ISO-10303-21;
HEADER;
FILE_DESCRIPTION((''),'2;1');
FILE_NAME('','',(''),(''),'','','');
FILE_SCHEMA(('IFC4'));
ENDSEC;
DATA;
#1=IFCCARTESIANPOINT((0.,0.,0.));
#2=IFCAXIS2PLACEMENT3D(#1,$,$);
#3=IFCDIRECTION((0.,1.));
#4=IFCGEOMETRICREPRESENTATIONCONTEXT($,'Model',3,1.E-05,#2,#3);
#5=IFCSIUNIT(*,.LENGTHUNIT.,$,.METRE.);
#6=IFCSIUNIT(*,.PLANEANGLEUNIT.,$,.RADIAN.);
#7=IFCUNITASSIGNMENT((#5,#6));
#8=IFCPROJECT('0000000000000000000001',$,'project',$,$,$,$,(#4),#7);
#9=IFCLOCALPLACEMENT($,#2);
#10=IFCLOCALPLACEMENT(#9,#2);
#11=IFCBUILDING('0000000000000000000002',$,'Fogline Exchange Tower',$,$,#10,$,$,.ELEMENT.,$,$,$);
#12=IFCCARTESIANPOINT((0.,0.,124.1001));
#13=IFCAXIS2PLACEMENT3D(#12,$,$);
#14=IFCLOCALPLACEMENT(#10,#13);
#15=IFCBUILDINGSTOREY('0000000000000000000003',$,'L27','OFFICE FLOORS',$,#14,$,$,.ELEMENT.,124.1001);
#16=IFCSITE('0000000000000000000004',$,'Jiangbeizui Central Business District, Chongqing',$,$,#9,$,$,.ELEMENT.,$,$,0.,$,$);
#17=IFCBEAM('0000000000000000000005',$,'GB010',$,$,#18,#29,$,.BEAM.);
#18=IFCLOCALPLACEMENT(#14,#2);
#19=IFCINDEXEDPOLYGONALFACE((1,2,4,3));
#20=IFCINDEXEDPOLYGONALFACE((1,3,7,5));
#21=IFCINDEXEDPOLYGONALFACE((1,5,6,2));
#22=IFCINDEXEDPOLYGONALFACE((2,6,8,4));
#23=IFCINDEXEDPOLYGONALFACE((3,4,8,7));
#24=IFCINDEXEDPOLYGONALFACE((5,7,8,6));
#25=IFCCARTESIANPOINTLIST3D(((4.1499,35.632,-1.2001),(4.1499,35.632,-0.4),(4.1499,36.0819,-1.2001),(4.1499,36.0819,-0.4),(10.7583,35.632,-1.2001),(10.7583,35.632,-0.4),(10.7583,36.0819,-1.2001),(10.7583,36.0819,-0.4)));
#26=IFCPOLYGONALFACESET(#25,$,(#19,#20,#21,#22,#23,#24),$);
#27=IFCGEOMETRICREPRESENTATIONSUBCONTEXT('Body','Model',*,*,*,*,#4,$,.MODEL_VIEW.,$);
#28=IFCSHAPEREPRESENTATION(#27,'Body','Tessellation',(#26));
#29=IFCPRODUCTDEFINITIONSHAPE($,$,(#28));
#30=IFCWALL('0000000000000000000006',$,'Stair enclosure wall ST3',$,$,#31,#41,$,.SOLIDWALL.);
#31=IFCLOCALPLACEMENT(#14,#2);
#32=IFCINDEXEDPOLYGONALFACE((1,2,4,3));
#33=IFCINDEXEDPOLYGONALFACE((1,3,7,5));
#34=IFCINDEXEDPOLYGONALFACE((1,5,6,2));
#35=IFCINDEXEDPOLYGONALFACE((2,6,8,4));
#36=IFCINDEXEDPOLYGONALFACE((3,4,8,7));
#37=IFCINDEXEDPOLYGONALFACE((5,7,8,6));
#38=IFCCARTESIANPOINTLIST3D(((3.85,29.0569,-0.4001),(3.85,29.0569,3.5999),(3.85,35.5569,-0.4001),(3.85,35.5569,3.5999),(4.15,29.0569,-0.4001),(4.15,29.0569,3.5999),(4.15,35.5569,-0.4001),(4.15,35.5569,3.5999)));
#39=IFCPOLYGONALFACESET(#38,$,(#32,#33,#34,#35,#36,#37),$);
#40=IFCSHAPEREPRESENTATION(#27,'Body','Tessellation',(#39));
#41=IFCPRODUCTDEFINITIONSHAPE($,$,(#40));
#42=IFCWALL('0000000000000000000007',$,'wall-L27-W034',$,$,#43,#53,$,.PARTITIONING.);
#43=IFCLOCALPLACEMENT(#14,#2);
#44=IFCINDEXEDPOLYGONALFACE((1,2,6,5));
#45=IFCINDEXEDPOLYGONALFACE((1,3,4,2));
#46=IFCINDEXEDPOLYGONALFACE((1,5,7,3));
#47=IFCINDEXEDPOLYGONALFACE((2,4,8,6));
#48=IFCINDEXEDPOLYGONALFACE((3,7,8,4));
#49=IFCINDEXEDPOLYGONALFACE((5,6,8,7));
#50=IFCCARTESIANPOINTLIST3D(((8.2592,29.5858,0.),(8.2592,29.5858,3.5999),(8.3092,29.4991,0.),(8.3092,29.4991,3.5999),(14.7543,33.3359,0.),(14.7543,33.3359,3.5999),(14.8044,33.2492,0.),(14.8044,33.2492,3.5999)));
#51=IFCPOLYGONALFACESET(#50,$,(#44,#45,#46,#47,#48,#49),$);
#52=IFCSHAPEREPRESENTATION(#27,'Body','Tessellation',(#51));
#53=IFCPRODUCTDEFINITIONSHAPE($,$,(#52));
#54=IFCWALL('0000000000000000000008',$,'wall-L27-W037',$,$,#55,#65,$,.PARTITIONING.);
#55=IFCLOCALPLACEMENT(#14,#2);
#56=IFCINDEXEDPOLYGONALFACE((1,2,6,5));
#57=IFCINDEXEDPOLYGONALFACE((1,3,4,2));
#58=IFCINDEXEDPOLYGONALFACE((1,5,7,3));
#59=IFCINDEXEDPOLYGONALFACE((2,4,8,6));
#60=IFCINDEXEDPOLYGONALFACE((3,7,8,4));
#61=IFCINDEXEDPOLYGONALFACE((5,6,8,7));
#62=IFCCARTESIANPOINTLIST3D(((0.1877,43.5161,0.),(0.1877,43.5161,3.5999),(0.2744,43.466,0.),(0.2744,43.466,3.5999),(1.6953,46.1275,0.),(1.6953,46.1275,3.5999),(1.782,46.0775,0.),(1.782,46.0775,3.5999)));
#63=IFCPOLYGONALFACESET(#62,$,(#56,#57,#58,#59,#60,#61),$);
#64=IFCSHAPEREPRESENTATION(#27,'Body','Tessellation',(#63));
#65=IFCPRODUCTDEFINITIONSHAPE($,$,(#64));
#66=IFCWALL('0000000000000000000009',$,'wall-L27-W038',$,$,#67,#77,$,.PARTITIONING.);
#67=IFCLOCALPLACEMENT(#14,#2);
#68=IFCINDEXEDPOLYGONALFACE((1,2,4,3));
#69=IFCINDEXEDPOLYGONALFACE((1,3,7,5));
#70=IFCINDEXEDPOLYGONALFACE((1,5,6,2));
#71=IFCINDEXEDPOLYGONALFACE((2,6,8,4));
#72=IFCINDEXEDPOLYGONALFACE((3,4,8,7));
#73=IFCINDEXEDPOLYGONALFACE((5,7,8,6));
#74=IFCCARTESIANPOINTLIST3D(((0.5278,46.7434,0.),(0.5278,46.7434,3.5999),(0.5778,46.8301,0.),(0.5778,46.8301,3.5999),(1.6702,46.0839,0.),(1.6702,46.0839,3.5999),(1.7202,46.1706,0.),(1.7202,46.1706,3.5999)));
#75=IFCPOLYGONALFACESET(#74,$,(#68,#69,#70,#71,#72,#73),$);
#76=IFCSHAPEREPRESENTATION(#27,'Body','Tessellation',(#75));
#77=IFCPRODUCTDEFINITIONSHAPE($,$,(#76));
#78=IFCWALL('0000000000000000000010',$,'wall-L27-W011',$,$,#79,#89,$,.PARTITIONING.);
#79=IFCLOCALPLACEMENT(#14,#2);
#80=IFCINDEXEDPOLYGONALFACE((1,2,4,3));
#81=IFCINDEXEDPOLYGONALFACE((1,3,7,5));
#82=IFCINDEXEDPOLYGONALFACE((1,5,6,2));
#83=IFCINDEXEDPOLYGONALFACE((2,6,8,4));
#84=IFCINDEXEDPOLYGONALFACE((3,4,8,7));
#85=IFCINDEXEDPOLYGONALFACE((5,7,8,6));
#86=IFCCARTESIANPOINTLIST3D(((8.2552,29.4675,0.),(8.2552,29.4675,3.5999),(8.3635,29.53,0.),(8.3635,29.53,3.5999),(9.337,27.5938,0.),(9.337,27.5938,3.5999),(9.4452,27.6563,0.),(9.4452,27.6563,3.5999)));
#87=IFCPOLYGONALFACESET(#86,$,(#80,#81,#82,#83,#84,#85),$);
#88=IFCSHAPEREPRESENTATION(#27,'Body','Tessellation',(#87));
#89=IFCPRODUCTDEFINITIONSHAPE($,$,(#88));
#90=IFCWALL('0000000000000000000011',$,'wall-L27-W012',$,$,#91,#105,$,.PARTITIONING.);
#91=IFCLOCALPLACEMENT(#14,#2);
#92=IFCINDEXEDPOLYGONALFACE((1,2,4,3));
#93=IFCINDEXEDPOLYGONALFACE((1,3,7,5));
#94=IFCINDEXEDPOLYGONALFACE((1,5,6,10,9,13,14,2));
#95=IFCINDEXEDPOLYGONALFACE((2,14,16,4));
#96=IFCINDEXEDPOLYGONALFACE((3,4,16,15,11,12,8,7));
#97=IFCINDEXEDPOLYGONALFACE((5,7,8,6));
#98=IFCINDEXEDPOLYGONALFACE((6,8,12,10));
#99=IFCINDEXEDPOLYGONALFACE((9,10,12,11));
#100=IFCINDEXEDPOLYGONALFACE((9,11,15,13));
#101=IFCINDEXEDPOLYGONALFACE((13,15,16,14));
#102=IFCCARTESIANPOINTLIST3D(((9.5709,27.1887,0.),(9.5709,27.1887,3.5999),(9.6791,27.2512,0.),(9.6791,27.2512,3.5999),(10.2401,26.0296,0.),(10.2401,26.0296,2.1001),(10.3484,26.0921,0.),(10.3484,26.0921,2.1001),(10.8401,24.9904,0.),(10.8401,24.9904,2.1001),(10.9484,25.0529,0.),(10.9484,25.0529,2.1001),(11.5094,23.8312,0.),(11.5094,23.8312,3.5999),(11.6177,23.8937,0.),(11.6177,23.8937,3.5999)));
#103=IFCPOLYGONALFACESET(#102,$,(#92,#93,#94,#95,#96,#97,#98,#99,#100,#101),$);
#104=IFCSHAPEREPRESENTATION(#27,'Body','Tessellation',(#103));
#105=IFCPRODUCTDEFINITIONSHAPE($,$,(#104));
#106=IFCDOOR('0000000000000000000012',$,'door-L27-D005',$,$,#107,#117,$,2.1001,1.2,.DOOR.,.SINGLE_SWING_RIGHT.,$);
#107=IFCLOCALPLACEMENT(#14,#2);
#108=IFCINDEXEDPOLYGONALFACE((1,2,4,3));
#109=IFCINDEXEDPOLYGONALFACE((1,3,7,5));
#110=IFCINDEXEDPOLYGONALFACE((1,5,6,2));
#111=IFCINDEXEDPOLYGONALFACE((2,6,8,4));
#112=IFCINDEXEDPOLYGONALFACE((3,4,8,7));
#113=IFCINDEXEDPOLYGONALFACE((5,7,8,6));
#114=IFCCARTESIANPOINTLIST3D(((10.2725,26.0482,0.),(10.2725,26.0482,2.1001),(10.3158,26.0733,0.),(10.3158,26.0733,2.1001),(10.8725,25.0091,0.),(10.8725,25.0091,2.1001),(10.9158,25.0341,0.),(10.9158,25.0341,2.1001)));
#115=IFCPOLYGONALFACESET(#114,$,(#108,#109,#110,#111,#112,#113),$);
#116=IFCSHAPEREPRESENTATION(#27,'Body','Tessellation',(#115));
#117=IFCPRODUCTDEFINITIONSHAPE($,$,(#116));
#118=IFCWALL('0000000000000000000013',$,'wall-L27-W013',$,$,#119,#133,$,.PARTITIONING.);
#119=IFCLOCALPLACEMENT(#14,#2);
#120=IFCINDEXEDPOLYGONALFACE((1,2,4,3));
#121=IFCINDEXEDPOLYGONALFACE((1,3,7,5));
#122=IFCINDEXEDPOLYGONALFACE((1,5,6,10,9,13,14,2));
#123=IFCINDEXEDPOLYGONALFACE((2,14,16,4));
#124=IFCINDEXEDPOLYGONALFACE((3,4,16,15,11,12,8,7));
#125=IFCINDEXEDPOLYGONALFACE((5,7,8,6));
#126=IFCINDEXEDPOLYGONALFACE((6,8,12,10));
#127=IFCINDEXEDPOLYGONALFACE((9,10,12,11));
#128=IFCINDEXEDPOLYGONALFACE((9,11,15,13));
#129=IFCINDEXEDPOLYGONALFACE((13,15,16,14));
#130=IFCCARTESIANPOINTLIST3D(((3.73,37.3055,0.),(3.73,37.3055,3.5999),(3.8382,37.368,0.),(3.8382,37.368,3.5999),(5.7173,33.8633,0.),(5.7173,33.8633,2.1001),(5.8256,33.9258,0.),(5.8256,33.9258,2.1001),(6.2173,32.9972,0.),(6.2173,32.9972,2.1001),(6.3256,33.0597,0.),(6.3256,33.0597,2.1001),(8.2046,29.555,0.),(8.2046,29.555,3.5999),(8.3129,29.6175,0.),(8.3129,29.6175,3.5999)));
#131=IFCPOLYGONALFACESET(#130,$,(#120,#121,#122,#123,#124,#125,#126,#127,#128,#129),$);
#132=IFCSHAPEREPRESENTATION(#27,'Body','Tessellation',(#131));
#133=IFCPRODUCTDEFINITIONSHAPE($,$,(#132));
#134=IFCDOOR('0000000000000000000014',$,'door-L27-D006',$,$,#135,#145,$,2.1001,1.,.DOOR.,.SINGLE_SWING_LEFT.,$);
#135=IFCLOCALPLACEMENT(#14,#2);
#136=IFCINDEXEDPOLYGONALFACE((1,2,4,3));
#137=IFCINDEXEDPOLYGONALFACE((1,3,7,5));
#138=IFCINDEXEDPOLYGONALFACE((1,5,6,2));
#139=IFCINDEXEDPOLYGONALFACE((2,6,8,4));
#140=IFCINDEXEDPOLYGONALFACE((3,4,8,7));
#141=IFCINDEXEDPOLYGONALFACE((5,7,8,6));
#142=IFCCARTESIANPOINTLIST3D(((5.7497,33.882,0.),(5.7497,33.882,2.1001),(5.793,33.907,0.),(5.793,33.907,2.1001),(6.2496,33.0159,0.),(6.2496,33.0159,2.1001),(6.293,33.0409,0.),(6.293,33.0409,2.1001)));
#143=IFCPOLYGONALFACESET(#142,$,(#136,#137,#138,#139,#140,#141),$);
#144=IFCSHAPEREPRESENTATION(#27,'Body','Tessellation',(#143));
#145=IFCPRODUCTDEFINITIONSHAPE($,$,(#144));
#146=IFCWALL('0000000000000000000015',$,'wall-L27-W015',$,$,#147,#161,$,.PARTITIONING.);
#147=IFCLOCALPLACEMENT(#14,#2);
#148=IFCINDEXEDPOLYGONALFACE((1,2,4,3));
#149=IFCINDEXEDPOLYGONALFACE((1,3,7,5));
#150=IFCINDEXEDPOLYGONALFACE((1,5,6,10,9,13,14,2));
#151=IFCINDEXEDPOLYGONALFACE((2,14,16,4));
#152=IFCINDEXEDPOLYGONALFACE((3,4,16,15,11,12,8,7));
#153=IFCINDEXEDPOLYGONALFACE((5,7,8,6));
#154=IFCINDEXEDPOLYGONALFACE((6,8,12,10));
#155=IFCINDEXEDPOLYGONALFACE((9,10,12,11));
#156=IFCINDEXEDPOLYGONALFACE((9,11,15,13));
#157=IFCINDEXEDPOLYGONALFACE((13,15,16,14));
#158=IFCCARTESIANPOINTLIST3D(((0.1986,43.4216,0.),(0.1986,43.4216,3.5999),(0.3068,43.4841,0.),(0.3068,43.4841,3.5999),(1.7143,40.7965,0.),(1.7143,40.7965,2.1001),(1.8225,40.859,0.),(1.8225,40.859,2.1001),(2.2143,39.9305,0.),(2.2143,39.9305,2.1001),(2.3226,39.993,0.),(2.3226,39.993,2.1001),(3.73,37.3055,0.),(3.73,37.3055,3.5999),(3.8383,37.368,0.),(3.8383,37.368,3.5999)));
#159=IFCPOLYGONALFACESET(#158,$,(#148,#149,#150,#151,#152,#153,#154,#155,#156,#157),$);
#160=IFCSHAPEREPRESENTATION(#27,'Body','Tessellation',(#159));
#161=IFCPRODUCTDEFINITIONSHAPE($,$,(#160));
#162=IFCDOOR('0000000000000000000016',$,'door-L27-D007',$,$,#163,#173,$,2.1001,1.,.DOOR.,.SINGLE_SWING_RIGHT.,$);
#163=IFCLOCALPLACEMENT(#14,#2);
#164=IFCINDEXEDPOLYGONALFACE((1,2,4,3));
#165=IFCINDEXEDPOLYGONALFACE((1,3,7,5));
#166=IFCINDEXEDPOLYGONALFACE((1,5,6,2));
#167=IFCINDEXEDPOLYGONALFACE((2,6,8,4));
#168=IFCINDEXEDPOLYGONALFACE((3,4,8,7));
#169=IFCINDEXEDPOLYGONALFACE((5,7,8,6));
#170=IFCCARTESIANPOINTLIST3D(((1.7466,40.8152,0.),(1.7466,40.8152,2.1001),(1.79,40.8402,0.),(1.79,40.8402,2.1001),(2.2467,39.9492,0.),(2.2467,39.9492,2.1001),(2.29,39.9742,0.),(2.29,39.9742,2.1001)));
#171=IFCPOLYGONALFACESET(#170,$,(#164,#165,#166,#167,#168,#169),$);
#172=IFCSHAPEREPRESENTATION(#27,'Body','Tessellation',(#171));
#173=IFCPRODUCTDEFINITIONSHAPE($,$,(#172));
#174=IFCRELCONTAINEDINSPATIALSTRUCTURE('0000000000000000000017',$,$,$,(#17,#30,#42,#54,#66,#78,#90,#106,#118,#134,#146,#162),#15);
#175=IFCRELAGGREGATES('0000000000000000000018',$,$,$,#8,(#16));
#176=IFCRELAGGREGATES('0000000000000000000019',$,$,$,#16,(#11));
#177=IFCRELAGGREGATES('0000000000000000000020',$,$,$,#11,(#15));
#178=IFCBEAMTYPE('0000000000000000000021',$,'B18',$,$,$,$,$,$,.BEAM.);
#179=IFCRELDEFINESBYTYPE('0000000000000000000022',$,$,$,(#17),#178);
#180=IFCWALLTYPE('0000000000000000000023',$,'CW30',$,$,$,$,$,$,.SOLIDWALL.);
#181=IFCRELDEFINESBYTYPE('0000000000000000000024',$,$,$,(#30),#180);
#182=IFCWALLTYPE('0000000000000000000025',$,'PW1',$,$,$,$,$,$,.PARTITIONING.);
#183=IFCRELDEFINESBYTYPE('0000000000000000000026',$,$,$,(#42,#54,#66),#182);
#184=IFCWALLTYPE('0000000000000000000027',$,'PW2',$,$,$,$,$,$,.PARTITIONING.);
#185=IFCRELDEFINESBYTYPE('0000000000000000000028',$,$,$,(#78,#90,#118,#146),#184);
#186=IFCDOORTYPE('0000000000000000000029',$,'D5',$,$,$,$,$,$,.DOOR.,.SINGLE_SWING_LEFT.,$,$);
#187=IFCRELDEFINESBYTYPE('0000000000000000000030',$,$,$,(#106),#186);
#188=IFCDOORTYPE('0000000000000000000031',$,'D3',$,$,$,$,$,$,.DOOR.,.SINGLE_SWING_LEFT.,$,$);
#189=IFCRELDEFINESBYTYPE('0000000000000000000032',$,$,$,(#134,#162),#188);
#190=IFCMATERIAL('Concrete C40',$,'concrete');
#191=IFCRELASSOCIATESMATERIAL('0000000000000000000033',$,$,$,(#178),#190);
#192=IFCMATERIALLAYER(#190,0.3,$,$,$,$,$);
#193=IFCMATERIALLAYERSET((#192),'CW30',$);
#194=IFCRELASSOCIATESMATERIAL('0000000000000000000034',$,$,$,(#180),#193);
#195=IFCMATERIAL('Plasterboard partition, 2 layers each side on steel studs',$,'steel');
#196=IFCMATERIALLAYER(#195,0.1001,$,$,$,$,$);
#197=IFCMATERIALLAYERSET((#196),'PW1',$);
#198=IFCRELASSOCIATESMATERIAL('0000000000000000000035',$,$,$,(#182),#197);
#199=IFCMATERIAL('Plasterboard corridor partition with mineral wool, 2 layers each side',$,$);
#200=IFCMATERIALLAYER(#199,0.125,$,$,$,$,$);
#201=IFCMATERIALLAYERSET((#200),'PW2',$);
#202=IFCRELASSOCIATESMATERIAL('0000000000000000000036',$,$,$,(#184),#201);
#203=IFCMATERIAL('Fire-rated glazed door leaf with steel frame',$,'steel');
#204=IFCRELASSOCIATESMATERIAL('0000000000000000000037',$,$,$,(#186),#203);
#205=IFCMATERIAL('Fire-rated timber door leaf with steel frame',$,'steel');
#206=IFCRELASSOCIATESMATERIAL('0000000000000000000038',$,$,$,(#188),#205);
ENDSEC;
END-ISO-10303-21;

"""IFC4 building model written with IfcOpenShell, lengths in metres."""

from ifc_helpers import new_model, si_unit, direction, frame, frame_2d, origin, origin_2d, place, context, subcontext, project, spatial, rectangle, extrude, material, layer, layer_set, material_profile, profile_set, type_object, element, fill, save


model = new_model("IFC4")

# Units and contexts
model_context = context("Model", 3, precision=1e-05, world=origin(), true_north=direction((0.0, 1.0)))
body_context = subcontext(model_context, "Body", "Model", "MODEL_VIEW")
ifc_project = project(units=[si_unit("LENGTHUNIT", "METRE"), si_unit("PLANEANGLEUNIT", "RADIAN")], contexts=[model_context])

# Site, building, storey
site_placement = place(None, origin())
site = spatial("IfcSite", under=ifc_project, at=site_placement, Name="Jiangbeizui Central Business District, Chongqing", CompositionType="ELEMENT", RefElevation=0.0)
building_placement = place(site_placement, origin())
building = spatial("IfcBuilding", under=site, at=building_placement, Name="Fogline Exchange Tower", CompositionType="ELEMENT")
storey_placement = place(building_placement, frame((0.0, 0.0, 124.1001)))
storey = spatial("IfcBuildingStorey", under=building, at=storey_placement, Name="L27", Description="OFFICE FLOORS", CompositionType="ELEMENT", Elevation=124.1001)

# Beam
ifc_material_1 = material(Name="Concrete C40", Category="concrete")
ifc_material_profile_1 = material_profile(ifc_material_1, rectangle(XDim=0.45, YDim=0.8, at=origin_2d()), Name="RC 450x800")
ifc_profile_set_1 = profile_set([ifc_material_profile_1], Name="Concrete C40")
beam_type_1 = type_object("IfcBeamType", Name="B18", PredefinedType="BEAM", material=ifc_profile_set_1)
beam_1_placement = place(storey_placement, frame((4.1499, 35.8569, -0.8), z_axis=(1.0, 0.0, 0.0), x_axis=(0.0, 1.0, 0.0)))
element("IfcBeam", 1, at=beam_1_placement, inside=storey, type_object=beam_type_1, Name="GB010", PredefinedType="BEAM", context=body_context, shape_type="SweptSolid", body=[
    extrude(rectangle(XDim=0.45, YDim=0.8, at=origin_2d()), origin(), (0.0, 0.0, 1.0), 6.6084),
])

# Wall
ifc_layer_1 = layer(ifc_material_1, 0.3)
ifc_layer_set_1 = layer_set([ifc_layer_1], Name="CW30")
wall_type_1 = type_object("IfcWallType", Name="CW30", PredefinedType="SOLIDWALL", material=ifc_layer_set_1)
wall_1_placement = place(storey_placement, frame((4.0, 29.0569, -0.4001), z_axis=(0.0, 0.0, 1.0), x_axis=(0.0, 1.0, 0.0)))
element("IfcWall", 2, at=wall_1_placement, inside=storey, type_object=wall_type_1, Name="Stair enclosure wall ST3", PredefinedType="SOLIDWALL", context=body_context, shape_type="SweptSolid", body=[
    extrude(rectangle(XDim=6.5, YDim=0.3, at=frame_2d((3.25, 0.0))), origin(), (0.0, 0.0, 1.0), 4.0),
])

# Walls
ifc_material_2 = material(Name="Plasterboard partition, 2 layers each side on steel studs", Category="steel")
ifc_layer_2 = layer(ifc_material_2, 0.1001)
ifc_layer_set_2 = layer_set([ifc_layer_2], Name="PW1")
wall_type_2 = type_object("IfcWallType", Name="PW1", PredefinedType="PARTITIONING", material=ifc_layer_set_2)
wall_2_placement = place(storey_placement, frame((8.2842, 29.5425, 0.0), z_axis=(0.0, 0.0, 1.0), x_axis=(0.866023, 0.500004, 0.0)))
element("IfcWall", 3, at=wall_2_placement, inside=storey, type_object=wall_type_2, Name="wall-L27-W034", PredefinedType="PARTITIONING", context=body_context, shape_type="SweptSolid", body=[
    extrude(rectangle(XDim=7.5, YDim=0.1001, at=frame_2d((3.75, 0.0))), origin(), (0.0, 0.0, 1.0), 3.5999),
])
wall_3_placement = place(storey_placement, frame((0.231, 43.491, 0.0), z_axis=(0.0, 0.0, 1.0), x_axis=(0.499979, 0.866037, 0.0)))
element("IfcWall", 4, at=wall_3_placement, inside=storey, type_object=wall_type_2, Name="wall-L27-W037", PredefinedType="PARTITIONING", context=body_context, shape_type="SweptSolid", body=[
    extrude(rectangle(XDim=3.0154, YDim=0.1001, at=frame_2d((1.5078, 0.0))), origin(), (0.0, 0.0, 1.0), 3.5999),
])
wall_4_placement = place(storey_placement, frame((1.6953, 46.1272, 0.0), z_axis=(0.0, 0.0, 1.0), x_axis=(-0.866059, 0.499941, 0.0)))
element("IfcWall", 5, at=wall_4_placement, inside=storey, type_object=wall_type_2, Name="wall-L27-W038", PredefinedType="PARTITIONING", context=body_context, shape_type="SweptSolid", body=[
    extrude(rectangle(XDim=1.3191, YDim=0.1001, at=frame_2d((0.6597, 0.0))), origin(), (0.0, 0.0, 1.0), 3.5999),
])
ifc_material_3 = material(Name="Plasterboard corridor partition with mineral wool, 2 layers each side")
ifc_layer_3 = layer(ifc_material_3, 0.125)
ifc_layer_set_3 = layer_set([ifc_layer_3], Name="PW2")
wall_type_3 = type_object("IfcWallType", Name="PW2", PredefinedType="PARTITIONING", material=ifc_layer_set_3)
wall_5_placement = place(storey_placement, frame((8.3093, 29.4988, 0.0), z_axis=(0.0, 0.0, 1.0), x_axis=(0.499986, -0.866033, 0.0)))
element("IfcWall", 6, at=wall_5_placement, inside=storey, type_object=wall_type_3, Name="wall-L27-W011", PredefinedType="PARTITIONING", context=body_context, shape_type="SweptSolid", body=[
    extrude(rectangle(XDim=2.1636, YDim=0.125, at=frame_2d((1.0818, 0.0))), origin(), (0.0, 0.0, 1.0), 3.5999),
])

# Walls, openings, doors
wall_6_placement = place(storey_placement, frame((9.625, 27.22, 0.0), z_axis=(0.0, 0.0, 1.0), x_axis=(0.500013, -0.866018, 0.0)))
wall_6 = element("IfcWall", 7, at=wall_6_placement, inside=storey, type_object=wall_type_3, Name="wall-L27-W012", PredefinedType="PARTITIONING", context=body_context, shape_type="SweptSolid", body=[
    extrude(rectangle(XDim=3.877, YDim=0.125, at=frame_2d((1.9385, 0.0))), origin(), (0.0, 0.0, 1.0), 3.5999),
])
opening_1_placement = place(wall_6_placement, frame((1.3384, 0.0, 0.0)))
opening_1 = element("IfcOpeningElement", 8, at=opening_1_placement, cuts=wall_6, PredefinedType="OPENING", context=body_context, shape_type="SweptSolid", body=[
    extrude(rectangle(XDim=1.2, YDim=2.1001, at=frame_2d((0.6001, 1.05))), frame((0.0, 0.0725, 0.0), z_axis=(0.0, -1.0, 0.0), x_axis=(1.0, 0.0, 0.0)), (0.0, 0.0, 1.0), 0.145),
])
ifc_material_4 = material(Name="Fire-rated glazed door leaf with steel frame", Category="steel")
door_type_1 = type_object("IfcDoorType", Name="D5", OperationType="SINGLE_SWING_LEFT", PredefinedType="DOOR", material=ifc_material_4)
door_1_placement = place(opening_1_placement, origin())
door_1 = element("IfcDoor", 9, at=door_1_placement, inside=storey, type_object=door_type_1, Name="door-L27-D005", OperationType="SINGLE_SWING_RIGHT", OverallHeight=2.1001, OverallWidth=1.2, PredefinedType="DOOR", context=body_context, shape_type="SweptSolid", body=[
    extrude(rectangle(XDim=1.2, YDim=2.1001, at=frame_2d((0.6001, 1.05))), frame((0.0, 0.0249, 0.0), z_axis=(0.0, -1.0, 0.0), x_axis=(1.0, 0.0, 0.0)), (0.0, 0.0, 1.0), 0.05),
])
fill(opening_1, door_1)
wall_7_placement = place(storey_placement, frame((3.7842, 37.3367, 0.0), z_axis=(0.0, 0.0, 1.0), x_axis=(0.499989, -0.866032, 0.0)))
wall_7 = element("IfcWall", 10, at=wall_7_placement, inside=storey, type_object=wall_type_3, Name="wall-L27-W013", PredefinedType="PARTITIONING", context=body_context, shape_type="SweptSolid", body=[
    extrude(rectangle(XDim=8.9495, YDim=0.125, at=frame_2d((4.4746, 0.0))), origin(), (0.0, 0.0, 1.0), 3.5999),
])
opening_2_placement = place(wall_7_placement, frame((3.9746, 0.0, 0.0)))
opening_2 = element("IfcOpeningElement", 11, at=opening_2_placement, cuts=wall_7, PredefinedType="OPENING", context=body_context, shape_type="SweptSolid", body=[
    extrude(rectangle(XDim=1.0, YDim=2.1001, at=frame_2d((0.5, 1.05))), frame((0.0, 0.0725, 0.0), z_axis=(0.0, -1.0, 0.0), x_axis=(1.0, 0.0, 0.0)), (0.0, 0.0, 1.0), 0.145),
])
ifc_material_5 = material(Name="Fire-rated timber door leaf with steel frame", Category="steel")
door_type_2 = type_object("IfcDoorType", Name="D3", OperationType="SINGLE_SWING_LEFT", PredefinedType="DOOR", material=ifc_material_5)
door_2_placement = place(opening_2_placement, origin())
door_2 = element("IfcDoor", 12, at=door_2_placement, inside=storey, type_object=door_type_2, Name="door-L27-D006", OperationType="SINGLE_SWING_LEFT", OverallHeight=2.1001, OverallWidth=1.0, PredefinedType="DOOR", context=body_context, shape_type="SweptSolid", body=[
    extrude(rectangle(XDim=1.0, YDim=2.1001, at=frame_2d((0.5, 1.05))), frame((0.0, 0.0249, 0.0), z_axis=(0.0, -1.0, 0.0), x_axis=(1.0, 0.0, 0.0)), (0.0, 0.0, 1.0), 0.05),
])
fill(opening_2, door_2)
wall_8_placement = place(storey_placement, frame((0.2527, 43.4529, 0.0), z_axis=(0.0, 0.0, 1.0), x_axis=(0.500032, -0.866007, 0.0)))
wall_8 = element("IfcWall", 13, at=wall_8_placement, inside=storey, type_object=wall_type_3, Name="wall-L27-W015", PredefinedType="PARTITIONING", context=body_context, shape_type="SweptSolid", body=[
    extrude(rectangle(XDim=7.0625, YDim=0.125, at=frame_2d((3.5312, 0.0))), origin(), (0.0, 0.0, 1.0), 3.5999),
])
opening_3_placement = place(wall_8_placement, frame((3.0312, 0.0, 0.0)))
opening_3 = element("IfcOpeningElement", 14, at=opening_3_placement, cuts=wall_8, PredefinedType="OPENING", context=body_context, shape_type="SweptSolid", body=[
    extrude(rectangle(XDim=1.0, YDim=2.1001, at=frame_2d((0.5, 1.05))), frame((0.0, 0.0725, 0.0), z_axis=(0.0, -1.0, 0.0), x_axis=(1.0, 0.0, 0.0)), (0.0, 0.0, 1.0), 0.145),
])
door_3_placement = place(opening_3_placement, origin())
door_3 = element("IfcDoor", 15, at=door_3_placement, inside=storey, type_object=door_type_2, Name="door-L27-D007", OperationType="SINGLE_SWING_RIGHT", OverallHeight=2.1001, OverallWidth=1.0, PredefinedType="DOOR", context=body_context, shape_type="SweptSolid", body=[
    extrude(rectangle(XDim=1.0, YDim=2.1001, at=frame_2d((0.5, 1.05))), frame((0.0, 0.0249, 0.0), z_axis=(0.0, -1.0, 0.0), x_axis=(1.0, 0.0, 0.0)), (0.0, 0.0, 1.0), 0.05),
])
fill(opening_3, door_3)

save(model, "model.ifc")
